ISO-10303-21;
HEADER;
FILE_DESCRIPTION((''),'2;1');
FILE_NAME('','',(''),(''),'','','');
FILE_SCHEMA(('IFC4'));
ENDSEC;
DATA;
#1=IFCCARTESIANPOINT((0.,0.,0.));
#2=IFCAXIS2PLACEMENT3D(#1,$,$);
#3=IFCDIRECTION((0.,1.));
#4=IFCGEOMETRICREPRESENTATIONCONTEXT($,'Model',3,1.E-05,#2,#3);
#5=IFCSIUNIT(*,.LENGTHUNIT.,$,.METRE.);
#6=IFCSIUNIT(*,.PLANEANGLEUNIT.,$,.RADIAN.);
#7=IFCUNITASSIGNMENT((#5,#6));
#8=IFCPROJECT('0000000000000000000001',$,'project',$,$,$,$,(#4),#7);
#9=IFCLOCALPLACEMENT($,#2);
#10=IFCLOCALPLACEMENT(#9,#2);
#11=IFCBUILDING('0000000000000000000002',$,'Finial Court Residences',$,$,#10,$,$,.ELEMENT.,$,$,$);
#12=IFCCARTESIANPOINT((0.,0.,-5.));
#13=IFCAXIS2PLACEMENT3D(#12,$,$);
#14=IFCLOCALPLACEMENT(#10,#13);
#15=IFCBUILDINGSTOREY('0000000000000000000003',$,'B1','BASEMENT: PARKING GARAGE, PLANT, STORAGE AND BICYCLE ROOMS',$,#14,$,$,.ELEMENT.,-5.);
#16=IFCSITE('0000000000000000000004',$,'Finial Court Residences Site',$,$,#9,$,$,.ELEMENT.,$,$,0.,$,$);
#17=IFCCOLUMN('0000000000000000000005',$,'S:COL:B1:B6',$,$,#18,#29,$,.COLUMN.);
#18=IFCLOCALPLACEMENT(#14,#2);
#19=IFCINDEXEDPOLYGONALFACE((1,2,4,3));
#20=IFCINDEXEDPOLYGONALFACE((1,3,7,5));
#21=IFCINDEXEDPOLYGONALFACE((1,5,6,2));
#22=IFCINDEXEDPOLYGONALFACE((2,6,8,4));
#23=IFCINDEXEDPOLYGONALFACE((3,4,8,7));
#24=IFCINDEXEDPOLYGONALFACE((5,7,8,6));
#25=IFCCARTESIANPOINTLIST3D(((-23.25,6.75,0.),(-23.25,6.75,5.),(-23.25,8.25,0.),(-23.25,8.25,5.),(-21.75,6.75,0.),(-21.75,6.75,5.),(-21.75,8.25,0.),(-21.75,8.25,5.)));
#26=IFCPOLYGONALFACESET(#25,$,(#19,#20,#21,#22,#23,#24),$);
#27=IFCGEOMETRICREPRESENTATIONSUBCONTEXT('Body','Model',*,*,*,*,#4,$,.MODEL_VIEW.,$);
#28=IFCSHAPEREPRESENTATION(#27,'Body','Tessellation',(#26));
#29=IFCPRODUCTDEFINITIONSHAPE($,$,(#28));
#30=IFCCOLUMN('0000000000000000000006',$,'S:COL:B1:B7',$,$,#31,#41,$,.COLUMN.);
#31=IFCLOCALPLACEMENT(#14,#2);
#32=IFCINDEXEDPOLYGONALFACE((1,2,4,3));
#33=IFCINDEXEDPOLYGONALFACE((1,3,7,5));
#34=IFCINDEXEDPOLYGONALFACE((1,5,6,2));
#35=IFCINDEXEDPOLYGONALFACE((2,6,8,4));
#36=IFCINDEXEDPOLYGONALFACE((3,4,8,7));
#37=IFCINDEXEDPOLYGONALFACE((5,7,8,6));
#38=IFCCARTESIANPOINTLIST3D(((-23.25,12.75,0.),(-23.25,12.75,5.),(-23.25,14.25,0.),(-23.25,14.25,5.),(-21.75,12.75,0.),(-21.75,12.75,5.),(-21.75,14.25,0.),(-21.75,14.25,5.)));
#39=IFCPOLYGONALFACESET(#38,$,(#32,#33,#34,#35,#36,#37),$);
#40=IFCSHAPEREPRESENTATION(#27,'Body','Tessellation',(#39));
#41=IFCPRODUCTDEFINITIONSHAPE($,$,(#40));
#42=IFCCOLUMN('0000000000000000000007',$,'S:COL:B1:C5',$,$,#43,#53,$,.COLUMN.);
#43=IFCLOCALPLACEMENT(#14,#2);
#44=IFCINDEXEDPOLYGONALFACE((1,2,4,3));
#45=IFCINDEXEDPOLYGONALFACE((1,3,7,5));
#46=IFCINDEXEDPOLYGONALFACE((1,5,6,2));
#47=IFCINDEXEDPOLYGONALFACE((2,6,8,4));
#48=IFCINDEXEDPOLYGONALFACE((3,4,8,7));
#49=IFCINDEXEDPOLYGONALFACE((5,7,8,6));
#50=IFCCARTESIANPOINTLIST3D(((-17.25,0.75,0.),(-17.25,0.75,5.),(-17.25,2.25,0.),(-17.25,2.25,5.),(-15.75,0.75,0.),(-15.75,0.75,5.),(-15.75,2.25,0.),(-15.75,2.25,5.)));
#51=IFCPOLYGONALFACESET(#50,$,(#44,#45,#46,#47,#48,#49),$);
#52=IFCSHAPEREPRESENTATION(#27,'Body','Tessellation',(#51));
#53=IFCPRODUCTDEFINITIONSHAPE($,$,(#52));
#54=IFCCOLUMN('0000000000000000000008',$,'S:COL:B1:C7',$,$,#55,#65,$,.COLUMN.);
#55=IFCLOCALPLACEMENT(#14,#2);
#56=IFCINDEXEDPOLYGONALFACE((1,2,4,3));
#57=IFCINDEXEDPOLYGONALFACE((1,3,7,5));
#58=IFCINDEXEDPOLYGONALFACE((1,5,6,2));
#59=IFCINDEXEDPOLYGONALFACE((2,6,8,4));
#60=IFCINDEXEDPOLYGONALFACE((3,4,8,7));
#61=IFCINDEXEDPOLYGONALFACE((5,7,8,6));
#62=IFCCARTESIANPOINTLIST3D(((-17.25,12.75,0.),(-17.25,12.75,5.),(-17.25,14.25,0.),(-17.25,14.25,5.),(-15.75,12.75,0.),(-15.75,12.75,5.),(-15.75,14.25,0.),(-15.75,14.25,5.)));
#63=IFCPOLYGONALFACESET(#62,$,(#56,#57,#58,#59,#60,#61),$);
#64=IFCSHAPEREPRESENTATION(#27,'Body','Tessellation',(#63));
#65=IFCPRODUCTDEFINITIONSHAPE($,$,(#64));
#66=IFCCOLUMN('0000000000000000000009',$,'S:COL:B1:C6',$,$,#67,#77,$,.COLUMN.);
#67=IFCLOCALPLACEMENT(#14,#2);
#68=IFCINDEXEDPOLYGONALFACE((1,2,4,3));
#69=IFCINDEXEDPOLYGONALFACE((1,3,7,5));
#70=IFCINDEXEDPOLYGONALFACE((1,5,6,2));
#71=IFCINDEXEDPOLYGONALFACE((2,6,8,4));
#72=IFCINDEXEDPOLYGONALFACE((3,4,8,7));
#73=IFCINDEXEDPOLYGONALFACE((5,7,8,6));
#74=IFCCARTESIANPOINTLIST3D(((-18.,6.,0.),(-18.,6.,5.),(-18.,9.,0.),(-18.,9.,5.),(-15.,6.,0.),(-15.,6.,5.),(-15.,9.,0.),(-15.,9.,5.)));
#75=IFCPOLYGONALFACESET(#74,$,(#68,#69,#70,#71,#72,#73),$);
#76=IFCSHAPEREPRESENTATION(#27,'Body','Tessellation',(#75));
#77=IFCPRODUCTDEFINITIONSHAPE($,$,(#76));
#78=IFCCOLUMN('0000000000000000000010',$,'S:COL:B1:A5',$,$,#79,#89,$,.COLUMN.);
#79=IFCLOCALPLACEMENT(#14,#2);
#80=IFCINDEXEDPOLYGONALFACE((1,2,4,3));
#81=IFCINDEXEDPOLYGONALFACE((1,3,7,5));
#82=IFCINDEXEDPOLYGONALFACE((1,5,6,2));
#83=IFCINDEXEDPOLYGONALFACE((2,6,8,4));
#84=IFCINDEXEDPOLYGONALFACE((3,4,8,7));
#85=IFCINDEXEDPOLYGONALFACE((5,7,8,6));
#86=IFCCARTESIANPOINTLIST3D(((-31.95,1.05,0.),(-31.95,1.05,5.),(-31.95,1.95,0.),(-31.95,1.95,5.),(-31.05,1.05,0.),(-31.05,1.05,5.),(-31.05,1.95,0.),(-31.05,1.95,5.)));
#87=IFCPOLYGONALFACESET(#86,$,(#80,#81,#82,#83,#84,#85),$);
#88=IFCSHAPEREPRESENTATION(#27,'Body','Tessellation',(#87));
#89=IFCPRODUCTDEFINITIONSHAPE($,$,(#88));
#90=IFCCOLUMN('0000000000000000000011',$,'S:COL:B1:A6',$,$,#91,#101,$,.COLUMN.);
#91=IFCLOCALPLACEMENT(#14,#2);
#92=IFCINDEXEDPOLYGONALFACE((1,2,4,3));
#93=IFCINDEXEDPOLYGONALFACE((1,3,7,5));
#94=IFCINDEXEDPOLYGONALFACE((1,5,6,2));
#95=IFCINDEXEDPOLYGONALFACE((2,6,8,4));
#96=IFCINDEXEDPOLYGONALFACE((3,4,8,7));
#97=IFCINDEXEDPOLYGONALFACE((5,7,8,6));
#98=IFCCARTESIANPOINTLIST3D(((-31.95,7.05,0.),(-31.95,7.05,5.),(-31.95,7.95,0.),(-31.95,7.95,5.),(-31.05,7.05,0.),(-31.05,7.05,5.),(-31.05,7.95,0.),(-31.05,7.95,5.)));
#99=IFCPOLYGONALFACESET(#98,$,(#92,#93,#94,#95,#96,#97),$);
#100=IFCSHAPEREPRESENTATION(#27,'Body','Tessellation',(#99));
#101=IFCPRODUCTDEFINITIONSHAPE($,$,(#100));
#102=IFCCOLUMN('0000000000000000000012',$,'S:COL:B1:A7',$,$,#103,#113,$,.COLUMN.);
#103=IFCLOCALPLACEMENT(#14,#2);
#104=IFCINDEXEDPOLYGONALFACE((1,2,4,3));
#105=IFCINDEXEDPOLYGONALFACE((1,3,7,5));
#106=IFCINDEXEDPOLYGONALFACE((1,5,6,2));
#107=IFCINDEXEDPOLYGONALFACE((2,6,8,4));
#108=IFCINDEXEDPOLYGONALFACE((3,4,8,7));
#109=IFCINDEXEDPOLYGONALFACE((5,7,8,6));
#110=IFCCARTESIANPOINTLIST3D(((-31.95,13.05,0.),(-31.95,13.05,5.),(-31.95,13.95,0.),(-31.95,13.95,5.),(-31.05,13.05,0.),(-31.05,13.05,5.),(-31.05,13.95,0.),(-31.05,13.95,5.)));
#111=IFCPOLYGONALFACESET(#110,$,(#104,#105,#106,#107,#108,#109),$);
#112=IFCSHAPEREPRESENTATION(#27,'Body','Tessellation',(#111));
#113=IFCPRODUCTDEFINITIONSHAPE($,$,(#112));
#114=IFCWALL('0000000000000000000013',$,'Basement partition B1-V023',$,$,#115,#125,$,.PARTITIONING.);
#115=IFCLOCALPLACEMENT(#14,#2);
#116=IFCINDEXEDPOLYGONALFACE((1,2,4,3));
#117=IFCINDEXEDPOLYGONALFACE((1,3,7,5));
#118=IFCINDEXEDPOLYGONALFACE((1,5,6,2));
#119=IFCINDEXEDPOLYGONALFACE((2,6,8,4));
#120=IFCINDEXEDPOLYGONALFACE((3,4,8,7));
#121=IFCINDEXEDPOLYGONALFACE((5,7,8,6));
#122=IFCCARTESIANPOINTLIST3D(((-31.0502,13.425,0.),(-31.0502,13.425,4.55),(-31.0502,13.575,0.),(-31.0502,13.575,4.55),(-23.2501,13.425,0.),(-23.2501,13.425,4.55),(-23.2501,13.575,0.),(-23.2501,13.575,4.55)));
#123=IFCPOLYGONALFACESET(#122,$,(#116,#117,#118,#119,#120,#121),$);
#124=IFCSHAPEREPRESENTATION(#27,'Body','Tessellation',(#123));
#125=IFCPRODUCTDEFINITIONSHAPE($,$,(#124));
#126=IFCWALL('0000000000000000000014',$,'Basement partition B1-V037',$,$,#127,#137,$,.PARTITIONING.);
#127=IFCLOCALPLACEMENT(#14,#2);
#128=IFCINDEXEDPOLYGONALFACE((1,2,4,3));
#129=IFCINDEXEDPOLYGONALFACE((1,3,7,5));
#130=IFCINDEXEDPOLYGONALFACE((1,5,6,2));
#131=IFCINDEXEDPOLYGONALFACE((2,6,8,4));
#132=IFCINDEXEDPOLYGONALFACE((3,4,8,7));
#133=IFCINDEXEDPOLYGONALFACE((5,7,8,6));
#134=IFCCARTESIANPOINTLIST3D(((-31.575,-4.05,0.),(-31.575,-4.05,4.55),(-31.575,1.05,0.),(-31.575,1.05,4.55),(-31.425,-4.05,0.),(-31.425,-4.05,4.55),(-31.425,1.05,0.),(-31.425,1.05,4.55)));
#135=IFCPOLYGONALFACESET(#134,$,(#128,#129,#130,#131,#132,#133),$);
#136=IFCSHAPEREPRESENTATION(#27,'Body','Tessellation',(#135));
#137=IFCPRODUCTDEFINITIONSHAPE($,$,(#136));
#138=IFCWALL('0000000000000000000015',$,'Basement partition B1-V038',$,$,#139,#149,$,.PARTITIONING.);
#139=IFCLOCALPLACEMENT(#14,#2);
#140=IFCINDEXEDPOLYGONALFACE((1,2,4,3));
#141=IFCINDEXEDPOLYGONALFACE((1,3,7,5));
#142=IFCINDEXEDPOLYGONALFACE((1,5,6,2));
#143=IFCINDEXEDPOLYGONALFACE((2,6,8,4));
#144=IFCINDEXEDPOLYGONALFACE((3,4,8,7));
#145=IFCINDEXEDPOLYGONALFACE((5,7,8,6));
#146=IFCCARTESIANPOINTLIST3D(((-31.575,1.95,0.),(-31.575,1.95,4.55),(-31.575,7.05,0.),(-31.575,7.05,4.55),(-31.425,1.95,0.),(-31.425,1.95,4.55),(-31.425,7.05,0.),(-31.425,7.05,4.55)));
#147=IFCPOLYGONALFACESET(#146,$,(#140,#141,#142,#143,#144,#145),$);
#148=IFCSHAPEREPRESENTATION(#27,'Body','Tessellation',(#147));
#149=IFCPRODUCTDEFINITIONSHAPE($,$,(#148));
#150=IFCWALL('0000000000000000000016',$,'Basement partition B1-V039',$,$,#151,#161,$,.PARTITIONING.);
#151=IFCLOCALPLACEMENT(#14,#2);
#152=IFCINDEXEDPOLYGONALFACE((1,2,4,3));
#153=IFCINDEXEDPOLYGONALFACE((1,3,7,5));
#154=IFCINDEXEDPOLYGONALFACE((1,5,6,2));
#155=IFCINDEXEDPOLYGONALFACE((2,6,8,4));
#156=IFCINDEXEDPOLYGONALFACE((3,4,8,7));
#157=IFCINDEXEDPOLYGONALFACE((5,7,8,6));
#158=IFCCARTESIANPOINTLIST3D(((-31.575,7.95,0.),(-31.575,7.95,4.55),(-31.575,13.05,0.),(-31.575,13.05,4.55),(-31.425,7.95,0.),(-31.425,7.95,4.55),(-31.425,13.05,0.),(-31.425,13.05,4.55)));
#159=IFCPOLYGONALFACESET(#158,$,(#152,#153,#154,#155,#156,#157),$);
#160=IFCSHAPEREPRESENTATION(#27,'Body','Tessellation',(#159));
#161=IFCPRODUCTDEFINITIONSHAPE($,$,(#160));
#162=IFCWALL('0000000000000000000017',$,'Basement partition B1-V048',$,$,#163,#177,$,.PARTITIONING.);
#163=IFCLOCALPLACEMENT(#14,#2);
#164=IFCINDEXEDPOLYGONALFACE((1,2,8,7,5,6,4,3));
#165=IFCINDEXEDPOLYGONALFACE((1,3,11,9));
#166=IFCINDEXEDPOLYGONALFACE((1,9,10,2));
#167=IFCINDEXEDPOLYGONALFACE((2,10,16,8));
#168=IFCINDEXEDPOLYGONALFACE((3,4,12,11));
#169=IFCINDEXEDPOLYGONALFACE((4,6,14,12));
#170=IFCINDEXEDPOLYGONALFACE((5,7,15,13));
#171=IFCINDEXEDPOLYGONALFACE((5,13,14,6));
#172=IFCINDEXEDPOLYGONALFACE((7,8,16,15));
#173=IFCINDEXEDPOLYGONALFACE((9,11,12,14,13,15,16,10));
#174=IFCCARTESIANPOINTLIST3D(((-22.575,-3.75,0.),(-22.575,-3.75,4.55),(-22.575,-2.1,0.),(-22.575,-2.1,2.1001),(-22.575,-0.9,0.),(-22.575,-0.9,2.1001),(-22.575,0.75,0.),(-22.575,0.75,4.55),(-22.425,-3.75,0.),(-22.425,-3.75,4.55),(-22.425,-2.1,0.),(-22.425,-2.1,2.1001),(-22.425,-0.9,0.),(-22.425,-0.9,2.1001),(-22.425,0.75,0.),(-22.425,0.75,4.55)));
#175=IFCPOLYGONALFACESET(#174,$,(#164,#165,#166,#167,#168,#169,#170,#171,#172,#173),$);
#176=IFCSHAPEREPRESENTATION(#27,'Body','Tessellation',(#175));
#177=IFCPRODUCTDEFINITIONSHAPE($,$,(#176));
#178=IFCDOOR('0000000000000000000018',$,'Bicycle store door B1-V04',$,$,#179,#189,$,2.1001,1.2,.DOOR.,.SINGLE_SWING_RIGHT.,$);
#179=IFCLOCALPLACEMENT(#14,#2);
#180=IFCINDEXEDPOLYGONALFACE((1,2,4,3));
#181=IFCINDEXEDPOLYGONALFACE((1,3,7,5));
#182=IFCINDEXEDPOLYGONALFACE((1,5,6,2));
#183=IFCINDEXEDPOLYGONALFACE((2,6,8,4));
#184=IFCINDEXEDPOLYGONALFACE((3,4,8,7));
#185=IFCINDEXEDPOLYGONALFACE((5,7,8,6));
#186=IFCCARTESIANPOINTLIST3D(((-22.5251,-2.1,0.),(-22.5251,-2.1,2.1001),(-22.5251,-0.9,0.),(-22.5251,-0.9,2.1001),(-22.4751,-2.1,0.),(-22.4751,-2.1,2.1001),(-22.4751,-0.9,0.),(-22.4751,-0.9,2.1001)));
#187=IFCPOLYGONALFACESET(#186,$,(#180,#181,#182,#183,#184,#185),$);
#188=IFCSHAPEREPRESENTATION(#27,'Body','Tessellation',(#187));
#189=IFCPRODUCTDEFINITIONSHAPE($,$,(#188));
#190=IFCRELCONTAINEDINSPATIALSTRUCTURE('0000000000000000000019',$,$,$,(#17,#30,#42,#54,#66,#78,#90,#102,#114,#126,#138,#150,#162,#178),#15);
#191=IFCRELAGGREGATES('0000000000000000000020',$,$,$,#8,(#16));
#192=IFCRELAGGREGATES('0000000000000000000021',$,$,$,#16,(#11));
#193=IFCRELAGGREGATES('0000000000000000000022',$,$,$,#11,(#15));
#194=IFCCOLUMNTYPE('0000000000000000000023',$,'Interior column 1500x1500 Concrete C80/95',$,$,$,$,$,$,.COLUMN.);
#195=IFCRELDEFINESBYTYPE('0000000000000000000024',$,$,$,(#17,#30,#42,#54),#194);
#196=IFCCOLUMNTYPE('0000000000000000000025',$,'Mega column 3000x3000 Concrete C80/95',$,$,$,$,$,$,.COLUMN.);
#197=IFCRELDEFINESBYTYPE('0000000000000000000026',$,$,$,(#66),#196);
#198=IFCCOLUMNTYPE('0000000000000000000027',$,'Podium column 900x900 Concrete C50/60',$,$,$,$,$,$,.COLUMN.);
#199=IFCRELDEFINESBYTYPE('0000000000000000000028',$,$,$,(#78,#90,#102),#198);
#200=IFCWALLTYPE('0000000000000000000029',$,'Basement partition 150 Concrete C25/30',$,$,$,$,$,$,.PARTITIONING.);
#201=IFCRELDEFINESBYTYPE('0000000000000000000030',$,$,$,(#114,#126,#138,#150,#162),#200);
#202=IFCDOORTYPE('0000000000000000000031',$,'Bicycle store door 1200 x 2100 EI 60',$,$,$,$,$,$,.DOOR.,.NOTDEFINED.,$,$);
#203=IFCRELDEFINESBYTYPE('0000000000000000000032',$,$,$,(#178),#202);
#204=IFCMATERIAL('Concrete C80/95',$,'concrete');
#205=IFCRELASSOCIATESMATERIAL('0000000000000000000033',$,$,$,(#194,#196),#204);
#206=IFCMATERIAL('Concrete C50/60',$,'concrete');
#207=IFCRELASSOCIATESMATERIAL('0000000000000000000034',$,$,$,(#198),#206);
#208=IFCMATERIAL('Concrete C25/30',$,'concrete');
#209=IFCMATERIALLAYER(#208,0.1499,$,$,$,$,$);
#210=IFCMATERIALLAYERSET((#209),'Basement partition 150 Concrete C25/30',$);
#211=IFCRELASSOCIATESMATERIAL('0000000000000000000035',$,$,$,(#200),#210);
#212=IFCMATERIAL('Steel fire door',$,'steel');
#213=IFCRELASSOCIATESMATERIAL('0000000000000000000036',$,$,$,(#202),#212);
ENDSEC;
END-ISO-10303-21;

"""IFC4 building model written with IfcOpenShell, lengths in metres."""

from ifc_helpers import new_model, si_unit, direction, frame, frame_2d, origin, origin_2d, place, context, subcontext, project, spatial, rectangle, extrude, material, layer, layer_set, material_profile, profile_set, type_object, element, fill, save


model = new_model("IFC4")

# Units and contexts
model_context = context("Model", 3, precision=1e-05, world=origin(), true_north=direction((0.0, 1.0)))
body_context = subcontext(model_context, "Body", "Model", "MODEL_VIEW")
ifc_project = project(units=[si_unit("LENGTHUNIT", "METRE"), si_unit("PLANEANGLEUNIT", "RADIAN")], contexts=[model_context])

# Site, building, storey
site_placement = place(None, origin())
site = spatial("IfcSite", under=ifc_project, at=site_placement, Name="Finial Court Residences Site", CompositionType="ELEMENT", RefElevation=0.0)
building_placement = place(site_placement, origin())
building = spatial("IfcBuilding", under=site, at=building_placement, Name="Finial Court Residences", CompositionType="ELEMENT")
storey_placement = place(building_placement, frame((0.0, 0.0, -5.0)))
storey = spatial("IfcBuildingStorey", under=building, at=storey_placement, Name="B1", Description="BASEMENT: PARKING GARAGE, PLANT, STORAGE AND BICYCLE ROOMS", CompositionType="ELEMENT", Elevation=-5.0)

# Columns
ifc_material_1 = material(Name="Concrete C80/95", Category="concrete")
ifc_material_profile_1 = material_profile(ifc_material_1, rectangle(XDim=1.5, YDim=1.5, at=origin_2d()), Name="1500x1500")
ifc_profile_set_1 = profile_set([ifc_material_profile_1], Name="Concrete C80/95")
column_type_1 = type_object("IfcColumnType", Name="Interior column 1500x1500 Concrete C80/95", PredefinedType="COLUMN", material=ifc_profile_set_1)
for number, where, z_axis, x_axis, name in (
    (1, (-22.5, 7.5, 0.0), (0.0, 0.0, 1.0), (1.0, 0.0, 0.0), "S:COL:B1:B6"),
    (2, (-22.5, 13.5, 0.0), (0.0, 0.0, 1.0), (1.0, 0.0, 0.0), "S:COL:B1:B7"),
    (3, (-16.5, 1.5, 0.0), (0.0, 0.0, 1.0), (1.0, 0.0, 0.0), "S:COL:B1:C5"),
    (4, (-16.5, 13.5, 0.0), (0.0, 0.0, 1.0), (1.0, 0.0, 0.0), "S:COL:B1:C7"),
):
    element("IfcColumn", number, at=place(storey_placement, frame(where, z_axis=z_axis, x_axis=x_axis)), inside=storey, type_object=column_type_1, Name=name, PredefinedType="COLUMN", context=body_context, shape_type="SweptSolid", body=[
        extrude(rectangle(XDim=1.5, YDim=1.5, at=origin_2d()), origin(), (0.0, 0.0, 1.0), 5.0),
    ])
ifc_material_profile_2 = material_profile(ifc_material_1, rectangle(XDim=3.0, YDim=3.0, at=origin_2d()), Name="3000x3000")
ifc_profile_set_2 = profile_set([ifc_material_profile_2], Name="Concrete C80/95")
column_type_2 = type_object("IfcColumnType", Name="Mega column 3000x3000 Concrete C80/95", PredefinedType="COLUMN", material=ifc_profile_set_2)
column_placement = place(storey_placement, frame((-16.5, 7.5, 0.0), z_axis=(0.0, 0.0, 1.0), x_axis=(1.0, 0.0, 0.0)))
element("IfcColumn", 5, at=column_placement, inside=storey, type_object=column_type_2, Name="S:COL:B1:C6", PredefinedType="COLUMN", context=body_context, shape_type="SweptSolid", body=[
    extrude(rectangle(XDim=3.0, YDim=3.0, at=origin_2d()), origin(), (0.0, 0.0, 1.0), 5.0),
])
ifc_material_2 = material(Name="Concrete C50/60", Category="concrete")
ifc_material_profile_3 = material_profile(ifc_material_2, rectangle(XDim=0.8999, YDim=0.8999, at=origin_2d()), Name="900x900")
ifc_profile_set_3 = profile_set([ifc_material_profile_3], Name="Concrete C50/60")
column_type_3 = type_object("IfcColumnType", Name="Podium column 900x900 Concrete C50/60", PredefinedType="COLUMN", material=ifc_profile_set_3)
for number, where, z_axis, x_axis, name in (
    (6, (-31.5, 1.5, 0.0), (0.0, 0.0, 1.0), (1.0, 0.0, 0.0), "S:COL:B1:A5"),
    (7, (-31.5, 7.5, 0.0), (0.0, 0.0, 1.0), (1.0, 0.0, 0.0), "S:COL:B1:A6"),
    (8, (-31.5, 13.5, 0.0), (0.0, 0.0, 1.0), (1.0, 0.0, 0.0), "S:COL:B1:A7"),
):
    element("IfcColumn", number, at=place(storey_placement, frame(where, z_axis=z_axis, x_axis=x_axis)), inside=storey, type_object=column_type_3, Name=name, PredefinedType="COLUMN", context=body_context, shape_type="SweptSolid", body=[
        extrude(rectangle(XDim=0.8999, YDim=0.8999, at=origin_2d()), origin(), (0.0, 0.0, 1.0), 5.0),
    ])

# Walls
ifc_material_3 = material(Name="Concrete C25/30", Category="concrete")
ifc_layer_1 = layer(ifc_material_3, 0.1499)
ifc_layer_set_1 = layer_set([ifc_layer_1], Name="Basement partition 150 Concrete C25/30")
wall_type_1 = type_object("IfcWallType", Name="Basement partition 150 Concrete C25/30", PredefinedType="PARTITIONING", material=ifc_layer_set_1)
wall_1_placement = place(storey_placement, frame((-31.05, 13.5, 0.0), z_axis=(0.0, 0.0, 1.0), x_axis=(1.0, 0.0, 0.0)))
element("IfcWall", 9, at=wall_1_placement, inside=storey, type_object=wall_type_1, Name="Basement partition B1-V023", PredefinedType="PARTITIONING", context=body_context, shape_type="SweptSolid", body=[
    extrude(rectangle(XDim=7.8, YDim=0.1499, at=frame_2d((3.8999, 0.0))), origin(), (0.0, 0.0, 1.0), 4.55),
])
for number, where, z_axis, x_axis, name in (
    (10, (-31.5, -4.05, 0.0), (0.0, 0.0, 1.0), (0.0, 1.0, 0.0), "Basement partition B1-V037"),
    (11, (-31.5, 1.95, 0.0), (0.0, 0.0, 1.0), (0.0, 1.0, 0.0), "Basement partition B1-V038"),
    (12, (-31.5, 7.95, 0.0), (0.0, 0.0, 1.0), (0.0, 1.0, 0.0), "Basement partition B1-V039"),
):
    element("IfcWall", number, at=place(storey_placement, frame(where, z_axis=z_axis, x_axis=x_axis)), inside=storey, type_object=wall_type_1, Name=name, PredefinedType="PARTITIONING", context=body_context, shape_type="SweptSolid", body=[
        extrude(rectangle(XDim=5.1001, YDim=0.1499, at=frame_2d((2.55, 0.0))), origin(), (0.0, 0.0, 1.0), 4.55),
    ])

# Wall, opening, door
wall_2_placement = place(storey_placement, frame((-22.5, 0.75, 0.0), z_axis=(0.0, 0.0, 1.0), x_axis=(0.0, -1.0, 0.0)))
wall_2 = element("IfcWall", 13, at=wall_2_placement, inside=storey, type_object=wall_type_1, Name="Basement partition B1-V048", PredefinedType="PARTITIONING", context=body_context, shape_type="SweptSolid", body=[
    extrude(rectangle(XDim=4.5, YDim=0.1499, at=frame_2d((2.25, 0.0))), origin(), (0.0, 0.0, 1.0), 4.55),
])
opening_1_placement = place(wall_2_placement, frame((1.6499, 0.0, 0.0)))
opening_1 = element("IfcOpeningElement", 14, at=opening_1_placement, cuts=wall_2, PredefinedType="OPENING", context=body_context, shape_type="SweptSolid", body=[
    extrude(rectangle(XDim=1.2, YDim=2.1001, at=frame_2d((0.6001, 1.05))), frame((0.0, 0.085, 0.0), z_axis=(0.0, -1.0, 0.0), x_axis=(1.0, 0.0, 0.0)), (0.0, 0.0, 1.0), 0.1699),
])
ifc_material_4 = material(Name="Steel fire door", Category="steel")
door_type = type_object("IfcDoorType", Name="Bicycle store door 1200 x 2100 EI 60", OperationType="NOTDEFINED", PredefinedType="DOOR", material=ifc_material_4)
door_1_placement = place(opening_1_placement, origin())
door_1 = element("IfcDoor", 15, at=door_1_placement, inside=storey, type_object=door_type, Name="Bicycle store door B1-V04", OperationType="SINGLE_SWING_RIGHT", OverallHeight=2.1001, OverallWidth=1.2, PredefinedType="DOOR", context=body_context, shape_type="SweptSolid", body=[
    extrude(rectangle(XDim=1.2, YDim=2.1001, at=frame_2d((0.6001, 1.05))), frame((0.0, 0.0249, 0.0), z_axis=(0.0, -1.0, 0.0), x_axis=(1.0, 0.0, 0.0)), (0.0, 0.0, 1.0), 0.05),
])
fill(opening_1, door_1)

save(model, "model.ifc")
